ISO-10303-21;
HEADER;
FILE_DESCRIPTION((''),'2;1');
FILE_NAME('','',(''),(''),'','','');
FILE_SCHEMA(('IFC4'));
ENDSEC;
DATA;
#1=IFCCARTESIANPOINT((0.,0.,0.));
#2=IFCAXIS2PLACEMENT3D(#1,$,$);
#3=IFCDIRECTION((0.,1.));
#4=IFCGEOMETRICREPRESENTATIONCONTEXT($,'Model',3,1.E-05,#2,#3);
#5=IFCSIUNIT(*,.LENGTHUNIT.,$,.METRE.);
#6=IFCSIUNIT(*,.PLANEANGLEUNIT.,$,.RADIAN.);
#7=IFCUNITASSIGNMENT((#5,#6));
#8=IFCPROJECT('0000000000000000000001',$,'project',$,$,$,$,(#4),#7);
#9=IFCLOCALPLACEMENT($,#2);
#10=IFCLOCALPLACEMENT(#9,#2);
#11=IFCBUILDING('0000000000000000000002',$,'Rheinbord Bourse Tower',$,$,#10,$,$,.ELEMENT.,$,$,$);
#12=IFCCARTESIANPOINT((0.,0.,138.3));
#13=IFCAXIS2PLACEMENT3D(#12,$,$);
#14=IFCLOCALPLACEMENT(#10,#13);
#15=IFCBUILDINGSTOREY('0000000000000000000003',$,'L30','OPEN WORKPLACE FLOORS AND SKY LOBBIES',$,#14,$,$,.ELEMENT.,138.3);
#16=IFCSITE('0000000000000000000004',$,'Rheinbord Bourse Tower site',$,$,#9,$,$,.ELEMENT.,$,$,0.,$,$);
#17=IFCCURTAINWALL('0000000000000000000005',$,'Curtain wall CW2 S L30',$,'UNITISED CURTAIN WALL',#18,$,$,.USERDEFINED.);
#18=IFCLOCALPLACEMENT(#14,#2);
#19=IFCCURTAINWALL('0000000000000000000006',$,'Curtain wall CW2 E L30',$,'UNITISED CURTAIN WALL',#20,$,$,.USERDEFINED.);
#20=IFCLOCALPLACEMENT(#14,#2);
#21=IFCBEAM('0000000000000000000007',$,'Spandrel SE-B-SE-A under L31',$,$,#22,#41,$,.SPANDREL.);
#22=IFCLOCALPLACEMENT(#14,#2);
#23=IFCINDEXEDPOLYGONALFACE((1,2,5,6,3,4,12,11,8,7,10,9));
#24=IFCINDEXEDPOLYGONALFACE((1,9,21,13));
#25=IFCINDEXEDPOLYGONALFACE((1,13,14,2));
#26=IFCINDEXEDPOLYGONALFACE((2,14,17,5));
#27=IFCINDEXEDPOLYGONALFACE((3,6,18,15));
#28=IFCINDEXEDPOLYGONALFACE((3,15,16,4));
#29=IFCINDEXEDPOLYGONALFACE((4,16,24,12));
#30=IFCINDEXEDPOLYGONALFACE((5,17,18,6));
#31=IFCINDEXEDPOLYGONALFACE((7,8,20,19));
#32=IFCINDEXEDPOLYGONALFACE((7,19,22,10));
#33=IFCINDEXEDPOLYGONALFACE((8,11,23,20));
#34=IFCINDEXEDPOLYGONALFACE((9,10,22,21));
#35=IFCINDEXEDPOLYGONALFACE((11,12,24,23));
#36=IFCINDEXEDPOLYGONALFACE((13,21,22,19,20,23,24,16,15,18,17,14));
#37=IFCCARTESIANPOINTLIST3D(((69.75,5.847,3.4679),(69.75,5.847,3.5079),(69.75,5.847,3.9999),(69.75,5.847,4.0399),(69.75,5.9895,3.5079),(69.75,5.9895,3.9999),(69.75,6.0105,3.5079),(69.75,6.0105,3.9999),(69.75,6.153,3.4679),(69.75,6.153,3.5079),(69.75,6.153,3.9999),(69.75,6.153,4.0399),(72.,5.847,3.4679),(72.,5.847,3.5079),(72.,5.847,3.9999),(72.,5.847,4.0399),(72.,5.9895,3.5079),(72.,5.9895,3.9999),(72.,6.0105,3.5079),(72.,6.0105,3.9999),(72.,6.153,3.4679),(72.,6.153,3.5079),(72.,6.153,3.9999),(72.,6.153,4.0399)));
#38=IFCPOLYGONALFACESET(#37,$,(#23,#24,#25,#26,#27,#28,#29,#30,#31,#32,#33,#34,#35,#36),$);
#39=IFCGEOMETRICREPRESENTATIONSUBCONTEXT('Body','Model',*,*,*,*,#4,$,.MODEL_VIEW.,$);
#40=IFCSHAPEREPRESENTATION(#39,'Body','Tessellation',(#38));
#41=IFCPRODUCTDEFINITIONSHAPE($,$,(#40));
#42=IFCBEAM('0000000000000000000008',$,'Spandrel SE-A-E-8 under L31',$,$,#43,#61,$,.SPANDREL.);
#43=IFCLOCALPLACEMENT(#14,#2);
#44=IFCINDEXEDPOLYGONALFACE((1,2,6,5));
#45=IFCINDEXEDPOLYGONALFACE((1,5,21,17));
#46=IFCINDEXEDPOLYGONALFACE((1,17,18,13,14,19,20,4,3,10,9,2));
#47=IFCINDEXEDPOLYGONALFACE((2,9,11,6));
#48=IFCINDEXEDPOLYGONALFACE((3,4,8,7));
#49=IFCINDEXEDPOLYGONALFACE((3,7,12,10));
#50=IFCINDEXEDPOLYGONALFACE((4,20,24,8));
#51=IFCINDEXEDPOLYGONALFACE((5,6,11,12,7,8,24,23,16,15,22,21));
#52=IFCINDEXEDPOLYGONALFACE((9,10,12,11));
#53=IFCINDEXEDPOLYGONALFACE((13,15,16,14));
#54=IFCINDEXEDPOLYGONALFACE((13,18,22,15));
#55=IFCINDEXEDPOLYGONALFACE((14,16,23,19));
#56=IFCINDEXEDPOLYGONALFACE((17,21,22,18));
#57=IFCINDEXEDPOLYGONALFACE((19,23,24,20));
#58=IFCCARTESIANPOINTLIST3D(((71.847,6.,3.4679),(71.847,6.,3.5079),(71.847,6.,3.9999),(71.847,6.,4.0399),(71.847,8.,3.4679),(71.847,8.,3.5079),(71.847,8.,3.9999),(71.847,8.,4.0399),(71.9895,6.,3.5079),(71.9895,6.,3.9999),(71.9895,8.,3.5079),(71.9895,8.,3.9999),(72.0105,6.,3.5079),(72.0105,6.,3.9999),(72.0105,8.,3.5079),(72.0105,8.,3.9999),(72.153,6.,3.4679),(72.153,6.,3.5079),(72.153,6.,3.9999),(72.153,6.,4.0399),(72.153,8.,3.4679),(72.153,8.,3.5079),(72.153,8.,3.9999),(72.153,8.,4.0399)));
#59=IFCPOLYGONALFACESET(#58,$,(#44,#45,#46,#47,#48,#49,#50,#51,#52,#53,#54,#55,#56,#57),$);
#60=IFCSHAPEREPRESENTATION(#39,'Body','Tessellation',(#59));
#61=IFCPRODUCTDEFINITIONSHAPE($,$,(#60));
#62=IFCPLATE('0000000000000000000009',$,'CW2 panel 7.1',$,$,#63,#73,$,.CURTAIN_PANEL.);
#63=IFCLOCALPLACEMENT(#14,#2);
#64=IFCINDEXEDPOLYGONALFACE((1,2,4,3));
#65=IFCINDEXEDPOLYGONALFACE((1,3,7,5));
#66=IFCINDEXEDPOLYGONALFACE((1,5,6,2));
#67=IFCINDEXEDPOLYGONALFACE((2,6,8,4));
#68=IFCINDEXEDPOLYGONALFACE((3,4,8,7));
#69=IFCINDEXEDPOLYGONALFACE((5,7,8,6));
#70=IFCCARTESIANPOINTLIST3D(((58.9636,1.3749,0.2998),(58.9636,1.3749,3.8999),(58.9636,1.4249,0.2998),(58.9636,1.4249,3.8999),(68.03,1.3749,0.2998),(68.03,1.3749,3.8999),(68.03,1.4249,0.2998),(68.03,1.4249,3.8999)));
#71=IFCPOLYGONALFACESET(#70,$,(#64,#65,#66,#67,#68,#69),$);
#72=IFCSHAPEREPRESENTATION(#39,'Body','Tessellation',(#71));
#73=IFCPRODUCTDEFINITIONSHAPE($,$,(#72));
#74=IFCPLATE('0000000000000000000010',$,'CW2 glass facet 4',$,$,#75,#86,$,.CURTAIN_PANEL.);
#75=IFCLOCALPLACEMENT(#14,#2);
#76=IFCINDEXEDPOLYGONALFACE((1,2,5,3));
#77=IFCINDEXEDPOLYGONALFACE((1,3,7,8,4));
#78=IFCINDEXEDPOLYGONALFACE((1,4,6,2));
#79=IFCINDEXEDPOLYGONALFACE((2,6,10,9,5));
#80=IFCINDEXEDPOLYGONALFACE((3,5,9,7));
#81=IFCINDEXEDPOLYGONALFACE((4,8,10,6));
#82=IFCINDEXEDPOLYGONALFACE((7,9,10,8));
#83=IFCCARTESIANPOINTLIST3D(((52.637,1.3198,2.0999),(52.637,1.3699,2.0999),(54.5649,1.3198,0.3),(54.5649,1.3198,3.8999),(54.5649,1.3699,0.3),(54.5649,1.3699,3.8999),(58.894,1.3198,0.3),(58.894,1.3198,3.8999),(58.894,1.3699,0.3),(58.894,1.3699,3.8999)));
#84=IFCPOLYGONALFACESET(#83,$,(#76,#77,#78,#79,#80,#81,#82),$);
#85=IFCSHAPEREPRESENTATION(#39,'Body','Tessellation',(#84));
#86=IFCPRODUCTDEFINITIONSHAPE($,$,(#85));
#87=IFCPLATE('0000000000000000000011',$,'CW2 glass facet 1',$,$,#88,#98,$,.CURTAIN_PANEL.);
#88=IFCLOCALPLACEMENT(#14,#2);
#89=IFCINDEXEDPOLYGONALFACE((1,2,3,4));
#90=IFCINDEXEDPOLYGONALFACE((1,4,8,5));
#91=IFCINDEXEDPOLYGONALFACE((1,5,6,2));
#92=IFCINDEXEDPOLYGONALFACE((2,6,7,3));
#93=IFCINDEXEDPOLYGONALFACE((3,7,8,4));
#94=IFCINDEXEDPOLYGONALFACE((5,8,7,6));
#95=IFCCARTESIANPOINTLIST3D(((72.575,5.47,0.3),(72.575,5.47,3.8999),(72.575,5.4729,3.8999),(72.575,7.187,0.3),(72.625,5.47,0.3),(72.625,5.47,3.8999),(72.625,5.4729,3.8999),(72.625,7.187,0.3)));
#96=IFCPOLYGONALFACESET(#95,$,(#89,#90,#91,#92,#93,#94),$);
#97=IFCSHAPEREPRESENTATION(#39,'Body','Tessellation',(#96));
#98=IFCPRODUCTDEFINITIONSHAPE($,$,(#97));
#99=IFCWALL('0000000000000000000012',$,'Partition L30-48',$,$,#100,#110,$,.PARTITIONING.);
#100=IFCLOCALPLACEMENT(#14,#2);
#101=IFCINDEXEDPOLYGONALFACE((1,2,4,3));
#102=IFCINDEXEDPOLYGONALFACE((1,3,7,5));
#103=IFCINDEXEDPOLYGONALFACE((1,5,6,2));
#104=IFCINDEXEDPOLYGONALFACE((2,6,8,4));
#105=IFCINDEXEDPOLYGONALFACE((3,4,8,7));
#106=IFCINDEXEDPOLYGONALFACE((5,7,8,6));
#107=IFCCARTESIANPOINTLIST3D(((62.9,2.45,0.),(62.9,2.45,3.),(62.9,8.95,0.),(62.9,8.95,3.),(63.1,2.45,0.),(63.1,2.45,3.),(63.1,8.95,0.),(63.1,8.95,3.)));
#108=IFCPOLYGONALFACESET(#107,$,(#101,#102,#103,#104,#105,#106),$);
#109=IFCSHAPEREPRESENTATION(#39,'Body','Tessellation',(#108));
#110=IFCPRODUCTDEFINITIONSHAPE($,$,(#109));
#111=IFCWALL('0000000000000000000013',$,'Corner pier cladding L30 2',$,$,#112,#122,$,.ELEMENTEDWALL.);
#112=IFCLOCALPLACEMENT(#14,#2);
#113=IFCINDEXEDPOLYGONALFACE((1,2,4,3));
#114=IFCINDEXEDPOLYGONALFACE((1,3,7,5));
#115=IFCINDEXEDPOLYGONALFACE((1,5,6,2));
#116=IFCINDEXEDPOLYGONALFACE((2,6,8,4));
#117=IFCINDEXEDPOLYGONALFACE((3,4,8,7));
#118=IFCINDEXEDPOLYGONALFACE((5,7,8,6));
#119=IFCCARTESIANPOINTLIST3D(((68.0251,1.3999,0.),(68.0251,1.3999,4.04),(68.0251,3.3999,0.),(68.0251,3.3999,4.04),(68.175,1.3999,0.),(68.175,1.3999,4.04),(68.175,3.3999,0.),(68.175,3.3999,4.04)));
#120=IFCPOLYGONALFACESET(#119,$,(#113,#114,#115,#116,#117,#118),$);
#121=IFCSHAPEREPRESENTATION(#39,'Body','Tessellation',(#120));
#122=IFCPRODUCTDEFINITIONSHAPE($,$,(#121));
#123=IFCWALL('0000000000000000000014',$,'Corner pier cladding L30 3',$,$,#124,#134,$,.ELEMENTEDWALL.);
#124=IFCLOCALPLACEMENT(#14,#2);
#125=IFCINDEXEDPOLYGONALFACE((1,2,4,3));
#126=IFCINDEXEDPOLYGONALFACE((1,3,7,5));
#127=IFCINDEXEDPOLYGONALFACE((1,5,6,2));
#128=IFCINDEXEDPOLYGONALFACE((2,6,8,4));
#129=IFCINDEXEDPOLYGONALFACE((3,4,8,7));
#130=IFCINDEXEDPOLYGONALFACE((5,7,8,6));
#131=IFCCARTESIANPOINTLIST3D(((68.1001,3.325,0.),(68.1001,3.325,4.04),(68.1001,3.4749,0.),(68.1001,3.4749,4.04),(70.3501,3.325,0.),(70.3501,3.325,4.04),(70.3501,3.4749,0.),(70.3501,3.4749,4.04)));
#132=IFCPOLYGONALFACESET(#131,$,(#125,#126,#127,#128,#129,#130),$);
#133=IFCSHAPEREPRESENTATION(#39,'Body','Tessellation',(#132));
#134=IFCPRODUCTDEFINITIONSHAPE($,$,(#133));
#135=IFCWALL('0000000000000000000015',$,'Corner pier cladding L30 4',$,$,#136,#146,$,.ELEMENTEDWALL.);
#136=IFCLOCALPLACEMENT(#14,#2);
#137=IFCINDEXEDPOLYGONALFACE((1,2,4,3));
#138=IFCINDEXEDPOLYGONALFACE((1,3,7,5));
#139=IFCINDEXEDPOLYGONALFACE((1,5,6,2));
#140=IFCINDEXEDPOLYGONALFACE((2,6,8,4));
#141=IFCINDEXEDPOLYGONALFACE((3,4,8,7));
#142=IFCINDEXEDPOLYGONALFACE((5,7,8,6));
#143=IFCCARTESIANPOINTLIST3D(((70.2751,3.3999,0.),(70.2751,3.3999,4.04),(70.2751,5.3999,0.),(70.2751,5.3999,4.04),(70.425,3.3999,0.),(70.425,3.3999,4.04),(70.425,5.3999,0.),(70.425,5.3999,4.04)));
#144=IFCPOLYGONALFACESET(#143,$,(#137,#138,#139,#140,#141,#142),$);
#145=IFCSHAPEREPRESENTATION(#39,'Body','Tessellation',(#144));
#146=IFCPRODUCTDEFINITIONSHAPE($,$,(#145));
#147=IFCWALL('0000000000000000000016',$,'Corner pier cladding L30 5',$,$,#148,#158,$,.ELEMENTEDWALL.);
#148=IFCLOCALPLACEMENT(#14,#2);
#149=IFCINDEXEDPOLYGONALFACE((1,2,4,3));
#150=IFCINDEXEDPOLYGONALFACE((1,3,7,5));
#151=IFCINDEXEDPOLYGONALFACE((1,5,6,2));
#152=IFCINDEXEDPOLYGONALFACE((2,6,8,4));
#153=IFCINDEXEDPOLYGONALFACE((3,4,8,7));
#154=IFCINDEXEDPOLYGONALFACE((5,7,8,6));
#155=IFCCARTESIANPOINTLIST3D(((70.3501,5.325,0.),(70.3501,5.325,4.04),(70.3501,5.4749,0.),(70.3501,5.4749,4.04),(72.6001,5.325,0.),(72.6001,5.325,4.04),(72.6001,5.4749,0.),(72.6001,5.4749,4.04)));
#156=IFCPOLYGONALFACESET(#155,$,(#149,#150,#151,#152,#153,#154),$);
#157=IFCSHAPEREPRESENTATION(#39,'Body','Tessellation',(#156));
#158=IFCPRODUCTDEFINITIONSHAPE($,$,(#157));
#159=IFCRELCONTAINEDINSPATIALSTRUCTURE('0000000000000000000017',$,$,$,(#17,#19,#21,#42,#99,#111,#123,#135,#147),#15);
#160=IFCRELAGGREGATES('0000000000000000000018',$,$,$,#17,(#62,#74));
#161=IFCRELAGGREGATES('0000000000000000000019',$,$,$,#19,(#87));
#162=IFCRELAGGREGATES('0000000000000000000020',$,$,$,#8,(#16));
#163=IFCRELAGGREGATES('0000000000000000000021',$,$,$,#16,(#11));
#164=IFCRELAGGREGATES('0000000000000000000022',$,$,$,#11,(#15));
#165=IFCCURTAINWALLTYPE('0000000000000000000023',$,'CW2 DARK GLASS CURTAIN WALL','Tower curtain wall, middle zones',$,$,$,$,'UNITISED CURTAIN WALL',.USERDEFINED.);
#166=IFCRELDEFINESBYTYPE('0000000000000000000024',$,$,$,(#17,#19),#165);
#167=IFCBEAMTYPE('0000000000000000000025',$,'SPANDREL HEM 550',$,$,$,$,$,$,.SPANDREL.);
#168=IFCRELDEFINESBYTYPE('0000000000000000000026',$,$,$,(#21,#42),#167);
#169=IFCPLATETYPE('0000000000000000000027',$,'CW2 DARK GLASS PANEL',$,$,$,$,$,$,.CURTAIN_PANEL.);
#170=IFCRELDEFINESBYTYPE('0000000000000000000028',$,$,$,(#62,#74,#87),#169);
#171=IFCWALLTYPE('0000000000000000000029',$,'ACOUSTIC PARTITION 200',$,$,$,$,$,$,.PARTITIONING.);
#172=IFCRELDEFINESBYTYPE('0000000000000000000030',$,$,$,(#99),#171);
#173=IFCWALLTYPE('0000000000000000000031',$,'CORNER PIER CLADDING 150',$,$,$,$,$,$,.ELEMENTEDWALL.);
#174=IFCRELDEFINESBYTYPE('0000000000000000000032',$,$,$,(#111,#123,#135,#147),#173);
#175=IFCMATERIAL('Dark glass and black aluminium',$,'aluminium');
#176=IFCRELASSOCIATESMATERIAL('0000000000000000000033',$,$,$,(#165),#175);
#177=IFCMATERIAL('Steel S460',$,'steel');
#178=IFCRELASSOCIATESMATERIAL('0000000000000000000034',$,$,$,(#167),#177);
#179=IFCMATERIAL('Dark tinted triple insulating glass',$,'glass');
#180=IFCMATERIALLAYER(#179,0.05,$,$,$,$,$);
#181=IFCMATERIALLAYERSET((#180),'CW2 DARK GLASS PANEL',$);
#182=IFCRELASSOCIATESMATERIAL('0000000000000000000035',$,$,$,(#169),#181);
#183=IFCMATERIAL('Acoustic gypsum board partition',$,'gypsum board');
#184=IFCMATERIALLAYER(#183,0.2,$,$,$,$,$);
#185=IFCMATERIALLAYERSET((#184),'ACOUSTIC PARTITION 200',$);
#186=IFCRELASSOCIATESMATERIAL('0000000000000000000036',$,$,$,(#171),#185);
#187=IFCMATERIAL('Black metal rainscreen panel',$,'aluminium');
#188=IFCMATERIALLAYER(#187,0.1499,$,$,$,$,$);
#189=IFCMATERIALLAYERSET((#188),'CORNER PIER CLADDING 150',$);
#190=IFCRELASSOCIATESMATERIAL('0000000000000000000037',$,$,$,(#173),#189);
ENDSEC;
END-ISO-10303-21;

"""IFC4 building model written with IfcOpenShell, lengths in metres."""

from ifc_helpers import new_model, si_unit, direction, frame, frame_2d, origin, origin_2d, place, context, subcontext, project, spatial, polyline, rectangle, i_section, outline, extrude, material, layer, layer_set, material_profile, profile_set, type_object, element, aggregate, save


model = new_model("IFC4")

# Units and contexts
model_context = context("Model", 3, precision=1e-05, world=origin(), true_north=direction((0.0, 1.0)))
body_context = subcontext(model_context, "Body", "Model", "MODEL_VIEW")
ifc_project = project(units=[si_unit("LENGTHUNIT", "METRE"), si_unit("PLANEANGLEUNIT", "RADIAN")], contexts=[model_context])

# Site, building, storey
site_placement = place(None, origin())
site = spatial("IfcSite", under=ifc_project, at=site_placement, Name="Rheinbord Bourse Tower site", CompositionType="ELEMENT", RefElevation=0.0)
building_placement = place(site_placement, origin())
building = spatial("IfcBuilding", under=site, at=building_placement, Name="Rheinbord Bourse Tower", CompositionType="ELEMENT")
storey_placement = place(building_placement, frame((0.0, 0.0, 138.3)))
storey = spatial("IfcBuildingStorey", under=building, at=storey_placement, Name="L30", Description="OPEN WORKPLACE FLOORS AND SKY LOBBIES", CompositionType="ELEMENT", Elevation=138.3)

# Curtain wall
ifc_material_1 = material(Name="Dark glass and black aluminium", Category="aluminium")
curtain_wall_type = type_object("IfcCurtainWallType", Name="CW2 DARK GLASS CURTAIN WALL", Description="Tower curtain wall, middle zones", ElementType="UNITISED CURTAIN WALL", PredefinedType="USERDEFINED", material=ifc_material_1)
curtain_wall_1_placement = place(storey_placement, origin())
curtain_wall_1 = element("IfcCurtainWall", 1, at=curtain_wall_1_placement, inside=storey, type_object=curtain_wall_type, Name="Curtain wall CW2 S L30", ObjectType="UNITISED CURTAIN WALL", PredefinedType="USERDEFINED")

# Curtain wall
curtain_wall_2_placement = place(storey_placement, origin())
curtain_wall_2 = element("IfcCurtainWall", 2, at=curtain_wall_2_placement, inside=storey, type_object=curtain_wall_type, Name="Curtain wall CW2 E L30", ObjectType="UNITISED CURTAIN WALL", PredefinedType="USERDEFINED")

# Beams
ifc_material_2 = material(Name="Steel S460", Category="steel")
ifc_material_profile_1 = material_profile(ifc_material_2, i_section(OverallWidth=0.3059, OverallDepth=0.572, WebThickness=0.021, FlangeThickness=0.04, at=origin_2d()), Name="HEM 550")
ifc_profile_set_1 = profile_set([ifc_material_profile_1], Name="Steel S460")
beam_type_1 = type_object("IfcBeamType", Name="SPANDREL HEM 550", PredefinedType="SPANDREL", material=ifc_profile_set_1)
beam_1_placement = place(storey_placement, frame((69.75, 6.0, 3.7539), z_axis=(1.0, 0.0, 0.0), x_axis=(0.0, 1.0, 0.0)))
element("IfcBeam", 3, at=beam_1_placement, inside=storey, type_object=beam_type_1, Name="Spandrel SE-B-SE-A under L31", PredefinedType="SPANDREL", context=body_context, shape_type="SweptSolid", body=[
    extrude(i_section(OverallWidth=0.3059, OverallDepth=0.572, WebThickness=0.021, FlangeThickness=0.04, at=origin_2d()), origin(), (0.0, 0.0, 1.0), 2.25),
])
beam_2_placement = place(storey_placement, frame((72.0, 6.0, 3.7539), z_axis=(0.0, 1.0, 0.0), x_axis=(-1.0, 0.0, 0.0)))
element("IfcBeam", 4, at=beam_2_placement, inside=storey, type_object=beam_type_1, Name="Spandrel SE-A-E-8 under L31", PredefinedType="SPANDREL", context=body_context, shape_type="SweptSolid", body=[
    extrude(i_section(OverallWidth=0.3059, OverallDepth=0.572, WebThickness=0.021, FlangeThickness=0.04, at=origin_2d()), origin(), (0.0, 0.0, 1.0), 2.0),
])

# Plates
ifc_material_3 = material(Name="Dark tinted triple insulating glass", Category="glass")
ifc_layer_1 = layer(ifc_material_3, 0.05)
ifc_layer_set_1 = layer_set([ifc_layer_1], Name="CW2 DARK GLASS PANEL")
plate_type = type_object("IfcPlateType", Name="CW2 DARK GLASS PANEL", PredefinedType="CURTAIN_PANEL", material=ifc_layer_set_1)
plate_1_placement = place(storey_placement, frame((63.4968, 1.3999, 0.2998), z_axis=(0.0, 0.0, 1.0), x_axis=(1.0, 0.0, 0.0)))
plate_1 = element("IfcPlate", 5, at=plate_1_placement, type_object=plate_type, Name="CW2 panel 7.1", PredefinedType="CURTAIN_PANEL", context=body_context, shape_type="SweptSolid", body=[
    extrude(rectangle(XDim=9.0664, YDim=0.05, at=origin_2d()), origin(), (0.0, 0.0, 1.0), 3.6001),
])
plate_2_placement = place(storey_placement, frame((58.894, 1.3198, 3.8999), z_axis=(0.0, 1.0, 0.0), x_axis=(0.0, 0.0, -1.0)))
plate_2 = element("IfcPlate", 6, at=plate_2_placement, type_object=plate_type, Name="CW2 glass facet 4", PredefinedType="CURTAIN_PANEL", context=body_context, shape_type="SweptSolid", body=[
    extrude(outline(polyline([(0.0, 0.0), (3.5999, 0.0), (3.5999, 4.3291), (1.8, 6.2571), (0.0, 4.3291), (0.0, 0.0)])), origin(), (0.0, 0.0, 1.0), 0.05),
])
aggregate(curtain_wall_1, [plate_1, plate_2])
plate_3_placement = place(storey_placement, frame((72.625, 5.47, 0.3), z_axis=(-1.0, 0.0, 0.0), x_axis=(0.0, 0.0, 1.0)))
plate_3 = element("IfcPlate", 7, at=plate_3_placement, type_object=plate_type, Name="CW2 glass facet 1", PredefinedType="CURTAIN_PANEL", context=body_context, shape_type="SweptSolid", body=[
    extrude(outline(polyline([(0.0, 0.0), (3.5999, 0.0), (3.5999, 0.0029), (0.0, 1.717), (0.0, 0.0)])), origin(), (0.0, 0.0, 1.0), 0.05),
])
aggregate(curtain_wall_2, [plate_3])

# Walls
ifc_material_4 = material(Name="Acoustic gypsum board partition", Category="gypsum board")
ifc_layer_2 = layer(ifc_material_4, 0.2)
ifc_layer_set_2 = layer_set([ifc_layer_2], Name="ACOUSTIC PARTITION 200")
wall_type_1 = type_object("IfcWallType", Name="ACOUSTIC PARTITION 200", PredefinedType="PARTITIONING", material=ifc_layer_set_2)
wall_1_placement = place(storey_placement, frame((63.0, 2.45, 0.0), z_axis=(0.0, 0.0, 1.0), x_axis=(0.0, 1.0, 0.0)))
element("IfcWall", 8, at=wall_1_placement, inside=storey, type_object=wall_type_1, Name="Partition L30-48", PredefinedType="PARTITIONING", context=body_context, shape_type="SweptSolid", body=[
    extrude(rectangle(XDim=6.5, YDim=0.2, at=frame_2d((3.25, 0.0))), origin(), (0.0, 0.0, 1.0), 3.0),
])
ifc_material_5 = material(Name="Black metal rainscreen panel", Category="aluminium")
ifc_layer_3 = layer(ifc_material_5, 0.1499)
ifc_layer_set_3 = layer_set([ifc_layer_3], Name="CORNER PIER CLADDING 150")
wall_type_2 = type_object("IfcWallType", Name="CORNER PIER CLADDING 150", PredefinedType="ELEMENTEDWALL", material=ifc_layer_set_3)
wall_2_placement = place(storey_placement, frame((68.1001, 1.3999, 0.0), z_axis=(0.0, 0.0, 1.0), x_axis=(0.0, 1.0, 0.0)))
element("IfcWall", 9, at=wall_2_placement, inside=storey, type_object=wall_type_2, Name="Corner pier cladding L30 2", PredefinedType="ELEMENTEDWALL", context=body_context, shape_type="SweptSolid", body=[
    extrude(rectangle(XDim=2.0, YDim=0.1499, at=frame_2d((1.0, 0.0))), origin(), (0.0, 0.0, 1.0), 4.04),
])
wall_3_placement = place(storey_placement, frame((68.1001, 3.3999, 0.0), z_axis=(0.0, 0.0, 1.0), x_axis=(1.0, 0.0, 0.0)))
element("IfcWall", 10, at=wall_3_placement, inside=storey, type_object=wall_type_2, Name="Corner pier cladding L30 3", PredefinedType="ELEMENTEDWALL", context=body_context, shape_type="SweptSolid", body=[
    extrude(rectangle(XDim=2.25, YDim=0.1499, at=frame_2d((1.125, 0.0))), origin(), (0.0, 0.0, 1.0), 4.04),
])
wall_4_placement = place(storey_placement, frame((70.3501, 3.3999, 0.0), z_axis=(0.0, 0.0, 1.0), x_axis=(0.0, 1.0, 0.0)))
element("IfcWall", 11, at=wall_4_placement, inside=storey, type_object=wall_type_2, Name="Corner pier cladding L30 4", PredefinedType="ELEMENTEDWALL", context=body_context, shape_type="SweptSolid", body=[
    extrude(rectangle(XDim=2.0, YDim=0.1499, at=frame_2d((1.0, 0.0))), origin(), (0.0, 0.0, 1.0), 4.04),
])
wall_5_placement = place(storey_placement, frame((70.3501, 5.3999, 0.0), z_axis=(0.0, 0.0, 1.0), x_axis=(1.0, 0.0, 0.0)))
element("IfcWall", 12, at=wall_5_placement, inside=storey, type_object=wall_type_2, Name="Corner pier cladding L30 5", PredefinedType="ELEMENTEDWALL", context=body_context, shape_type="SweptSolid", body=[
    extrude(rectangle(XDim=2.25, YDim=0.1499, at=frame_2d((1.125, 0.0))), origin(), (0.0, 0.0, 1.0), 4.04),
])

save(model, "model.ifc")
